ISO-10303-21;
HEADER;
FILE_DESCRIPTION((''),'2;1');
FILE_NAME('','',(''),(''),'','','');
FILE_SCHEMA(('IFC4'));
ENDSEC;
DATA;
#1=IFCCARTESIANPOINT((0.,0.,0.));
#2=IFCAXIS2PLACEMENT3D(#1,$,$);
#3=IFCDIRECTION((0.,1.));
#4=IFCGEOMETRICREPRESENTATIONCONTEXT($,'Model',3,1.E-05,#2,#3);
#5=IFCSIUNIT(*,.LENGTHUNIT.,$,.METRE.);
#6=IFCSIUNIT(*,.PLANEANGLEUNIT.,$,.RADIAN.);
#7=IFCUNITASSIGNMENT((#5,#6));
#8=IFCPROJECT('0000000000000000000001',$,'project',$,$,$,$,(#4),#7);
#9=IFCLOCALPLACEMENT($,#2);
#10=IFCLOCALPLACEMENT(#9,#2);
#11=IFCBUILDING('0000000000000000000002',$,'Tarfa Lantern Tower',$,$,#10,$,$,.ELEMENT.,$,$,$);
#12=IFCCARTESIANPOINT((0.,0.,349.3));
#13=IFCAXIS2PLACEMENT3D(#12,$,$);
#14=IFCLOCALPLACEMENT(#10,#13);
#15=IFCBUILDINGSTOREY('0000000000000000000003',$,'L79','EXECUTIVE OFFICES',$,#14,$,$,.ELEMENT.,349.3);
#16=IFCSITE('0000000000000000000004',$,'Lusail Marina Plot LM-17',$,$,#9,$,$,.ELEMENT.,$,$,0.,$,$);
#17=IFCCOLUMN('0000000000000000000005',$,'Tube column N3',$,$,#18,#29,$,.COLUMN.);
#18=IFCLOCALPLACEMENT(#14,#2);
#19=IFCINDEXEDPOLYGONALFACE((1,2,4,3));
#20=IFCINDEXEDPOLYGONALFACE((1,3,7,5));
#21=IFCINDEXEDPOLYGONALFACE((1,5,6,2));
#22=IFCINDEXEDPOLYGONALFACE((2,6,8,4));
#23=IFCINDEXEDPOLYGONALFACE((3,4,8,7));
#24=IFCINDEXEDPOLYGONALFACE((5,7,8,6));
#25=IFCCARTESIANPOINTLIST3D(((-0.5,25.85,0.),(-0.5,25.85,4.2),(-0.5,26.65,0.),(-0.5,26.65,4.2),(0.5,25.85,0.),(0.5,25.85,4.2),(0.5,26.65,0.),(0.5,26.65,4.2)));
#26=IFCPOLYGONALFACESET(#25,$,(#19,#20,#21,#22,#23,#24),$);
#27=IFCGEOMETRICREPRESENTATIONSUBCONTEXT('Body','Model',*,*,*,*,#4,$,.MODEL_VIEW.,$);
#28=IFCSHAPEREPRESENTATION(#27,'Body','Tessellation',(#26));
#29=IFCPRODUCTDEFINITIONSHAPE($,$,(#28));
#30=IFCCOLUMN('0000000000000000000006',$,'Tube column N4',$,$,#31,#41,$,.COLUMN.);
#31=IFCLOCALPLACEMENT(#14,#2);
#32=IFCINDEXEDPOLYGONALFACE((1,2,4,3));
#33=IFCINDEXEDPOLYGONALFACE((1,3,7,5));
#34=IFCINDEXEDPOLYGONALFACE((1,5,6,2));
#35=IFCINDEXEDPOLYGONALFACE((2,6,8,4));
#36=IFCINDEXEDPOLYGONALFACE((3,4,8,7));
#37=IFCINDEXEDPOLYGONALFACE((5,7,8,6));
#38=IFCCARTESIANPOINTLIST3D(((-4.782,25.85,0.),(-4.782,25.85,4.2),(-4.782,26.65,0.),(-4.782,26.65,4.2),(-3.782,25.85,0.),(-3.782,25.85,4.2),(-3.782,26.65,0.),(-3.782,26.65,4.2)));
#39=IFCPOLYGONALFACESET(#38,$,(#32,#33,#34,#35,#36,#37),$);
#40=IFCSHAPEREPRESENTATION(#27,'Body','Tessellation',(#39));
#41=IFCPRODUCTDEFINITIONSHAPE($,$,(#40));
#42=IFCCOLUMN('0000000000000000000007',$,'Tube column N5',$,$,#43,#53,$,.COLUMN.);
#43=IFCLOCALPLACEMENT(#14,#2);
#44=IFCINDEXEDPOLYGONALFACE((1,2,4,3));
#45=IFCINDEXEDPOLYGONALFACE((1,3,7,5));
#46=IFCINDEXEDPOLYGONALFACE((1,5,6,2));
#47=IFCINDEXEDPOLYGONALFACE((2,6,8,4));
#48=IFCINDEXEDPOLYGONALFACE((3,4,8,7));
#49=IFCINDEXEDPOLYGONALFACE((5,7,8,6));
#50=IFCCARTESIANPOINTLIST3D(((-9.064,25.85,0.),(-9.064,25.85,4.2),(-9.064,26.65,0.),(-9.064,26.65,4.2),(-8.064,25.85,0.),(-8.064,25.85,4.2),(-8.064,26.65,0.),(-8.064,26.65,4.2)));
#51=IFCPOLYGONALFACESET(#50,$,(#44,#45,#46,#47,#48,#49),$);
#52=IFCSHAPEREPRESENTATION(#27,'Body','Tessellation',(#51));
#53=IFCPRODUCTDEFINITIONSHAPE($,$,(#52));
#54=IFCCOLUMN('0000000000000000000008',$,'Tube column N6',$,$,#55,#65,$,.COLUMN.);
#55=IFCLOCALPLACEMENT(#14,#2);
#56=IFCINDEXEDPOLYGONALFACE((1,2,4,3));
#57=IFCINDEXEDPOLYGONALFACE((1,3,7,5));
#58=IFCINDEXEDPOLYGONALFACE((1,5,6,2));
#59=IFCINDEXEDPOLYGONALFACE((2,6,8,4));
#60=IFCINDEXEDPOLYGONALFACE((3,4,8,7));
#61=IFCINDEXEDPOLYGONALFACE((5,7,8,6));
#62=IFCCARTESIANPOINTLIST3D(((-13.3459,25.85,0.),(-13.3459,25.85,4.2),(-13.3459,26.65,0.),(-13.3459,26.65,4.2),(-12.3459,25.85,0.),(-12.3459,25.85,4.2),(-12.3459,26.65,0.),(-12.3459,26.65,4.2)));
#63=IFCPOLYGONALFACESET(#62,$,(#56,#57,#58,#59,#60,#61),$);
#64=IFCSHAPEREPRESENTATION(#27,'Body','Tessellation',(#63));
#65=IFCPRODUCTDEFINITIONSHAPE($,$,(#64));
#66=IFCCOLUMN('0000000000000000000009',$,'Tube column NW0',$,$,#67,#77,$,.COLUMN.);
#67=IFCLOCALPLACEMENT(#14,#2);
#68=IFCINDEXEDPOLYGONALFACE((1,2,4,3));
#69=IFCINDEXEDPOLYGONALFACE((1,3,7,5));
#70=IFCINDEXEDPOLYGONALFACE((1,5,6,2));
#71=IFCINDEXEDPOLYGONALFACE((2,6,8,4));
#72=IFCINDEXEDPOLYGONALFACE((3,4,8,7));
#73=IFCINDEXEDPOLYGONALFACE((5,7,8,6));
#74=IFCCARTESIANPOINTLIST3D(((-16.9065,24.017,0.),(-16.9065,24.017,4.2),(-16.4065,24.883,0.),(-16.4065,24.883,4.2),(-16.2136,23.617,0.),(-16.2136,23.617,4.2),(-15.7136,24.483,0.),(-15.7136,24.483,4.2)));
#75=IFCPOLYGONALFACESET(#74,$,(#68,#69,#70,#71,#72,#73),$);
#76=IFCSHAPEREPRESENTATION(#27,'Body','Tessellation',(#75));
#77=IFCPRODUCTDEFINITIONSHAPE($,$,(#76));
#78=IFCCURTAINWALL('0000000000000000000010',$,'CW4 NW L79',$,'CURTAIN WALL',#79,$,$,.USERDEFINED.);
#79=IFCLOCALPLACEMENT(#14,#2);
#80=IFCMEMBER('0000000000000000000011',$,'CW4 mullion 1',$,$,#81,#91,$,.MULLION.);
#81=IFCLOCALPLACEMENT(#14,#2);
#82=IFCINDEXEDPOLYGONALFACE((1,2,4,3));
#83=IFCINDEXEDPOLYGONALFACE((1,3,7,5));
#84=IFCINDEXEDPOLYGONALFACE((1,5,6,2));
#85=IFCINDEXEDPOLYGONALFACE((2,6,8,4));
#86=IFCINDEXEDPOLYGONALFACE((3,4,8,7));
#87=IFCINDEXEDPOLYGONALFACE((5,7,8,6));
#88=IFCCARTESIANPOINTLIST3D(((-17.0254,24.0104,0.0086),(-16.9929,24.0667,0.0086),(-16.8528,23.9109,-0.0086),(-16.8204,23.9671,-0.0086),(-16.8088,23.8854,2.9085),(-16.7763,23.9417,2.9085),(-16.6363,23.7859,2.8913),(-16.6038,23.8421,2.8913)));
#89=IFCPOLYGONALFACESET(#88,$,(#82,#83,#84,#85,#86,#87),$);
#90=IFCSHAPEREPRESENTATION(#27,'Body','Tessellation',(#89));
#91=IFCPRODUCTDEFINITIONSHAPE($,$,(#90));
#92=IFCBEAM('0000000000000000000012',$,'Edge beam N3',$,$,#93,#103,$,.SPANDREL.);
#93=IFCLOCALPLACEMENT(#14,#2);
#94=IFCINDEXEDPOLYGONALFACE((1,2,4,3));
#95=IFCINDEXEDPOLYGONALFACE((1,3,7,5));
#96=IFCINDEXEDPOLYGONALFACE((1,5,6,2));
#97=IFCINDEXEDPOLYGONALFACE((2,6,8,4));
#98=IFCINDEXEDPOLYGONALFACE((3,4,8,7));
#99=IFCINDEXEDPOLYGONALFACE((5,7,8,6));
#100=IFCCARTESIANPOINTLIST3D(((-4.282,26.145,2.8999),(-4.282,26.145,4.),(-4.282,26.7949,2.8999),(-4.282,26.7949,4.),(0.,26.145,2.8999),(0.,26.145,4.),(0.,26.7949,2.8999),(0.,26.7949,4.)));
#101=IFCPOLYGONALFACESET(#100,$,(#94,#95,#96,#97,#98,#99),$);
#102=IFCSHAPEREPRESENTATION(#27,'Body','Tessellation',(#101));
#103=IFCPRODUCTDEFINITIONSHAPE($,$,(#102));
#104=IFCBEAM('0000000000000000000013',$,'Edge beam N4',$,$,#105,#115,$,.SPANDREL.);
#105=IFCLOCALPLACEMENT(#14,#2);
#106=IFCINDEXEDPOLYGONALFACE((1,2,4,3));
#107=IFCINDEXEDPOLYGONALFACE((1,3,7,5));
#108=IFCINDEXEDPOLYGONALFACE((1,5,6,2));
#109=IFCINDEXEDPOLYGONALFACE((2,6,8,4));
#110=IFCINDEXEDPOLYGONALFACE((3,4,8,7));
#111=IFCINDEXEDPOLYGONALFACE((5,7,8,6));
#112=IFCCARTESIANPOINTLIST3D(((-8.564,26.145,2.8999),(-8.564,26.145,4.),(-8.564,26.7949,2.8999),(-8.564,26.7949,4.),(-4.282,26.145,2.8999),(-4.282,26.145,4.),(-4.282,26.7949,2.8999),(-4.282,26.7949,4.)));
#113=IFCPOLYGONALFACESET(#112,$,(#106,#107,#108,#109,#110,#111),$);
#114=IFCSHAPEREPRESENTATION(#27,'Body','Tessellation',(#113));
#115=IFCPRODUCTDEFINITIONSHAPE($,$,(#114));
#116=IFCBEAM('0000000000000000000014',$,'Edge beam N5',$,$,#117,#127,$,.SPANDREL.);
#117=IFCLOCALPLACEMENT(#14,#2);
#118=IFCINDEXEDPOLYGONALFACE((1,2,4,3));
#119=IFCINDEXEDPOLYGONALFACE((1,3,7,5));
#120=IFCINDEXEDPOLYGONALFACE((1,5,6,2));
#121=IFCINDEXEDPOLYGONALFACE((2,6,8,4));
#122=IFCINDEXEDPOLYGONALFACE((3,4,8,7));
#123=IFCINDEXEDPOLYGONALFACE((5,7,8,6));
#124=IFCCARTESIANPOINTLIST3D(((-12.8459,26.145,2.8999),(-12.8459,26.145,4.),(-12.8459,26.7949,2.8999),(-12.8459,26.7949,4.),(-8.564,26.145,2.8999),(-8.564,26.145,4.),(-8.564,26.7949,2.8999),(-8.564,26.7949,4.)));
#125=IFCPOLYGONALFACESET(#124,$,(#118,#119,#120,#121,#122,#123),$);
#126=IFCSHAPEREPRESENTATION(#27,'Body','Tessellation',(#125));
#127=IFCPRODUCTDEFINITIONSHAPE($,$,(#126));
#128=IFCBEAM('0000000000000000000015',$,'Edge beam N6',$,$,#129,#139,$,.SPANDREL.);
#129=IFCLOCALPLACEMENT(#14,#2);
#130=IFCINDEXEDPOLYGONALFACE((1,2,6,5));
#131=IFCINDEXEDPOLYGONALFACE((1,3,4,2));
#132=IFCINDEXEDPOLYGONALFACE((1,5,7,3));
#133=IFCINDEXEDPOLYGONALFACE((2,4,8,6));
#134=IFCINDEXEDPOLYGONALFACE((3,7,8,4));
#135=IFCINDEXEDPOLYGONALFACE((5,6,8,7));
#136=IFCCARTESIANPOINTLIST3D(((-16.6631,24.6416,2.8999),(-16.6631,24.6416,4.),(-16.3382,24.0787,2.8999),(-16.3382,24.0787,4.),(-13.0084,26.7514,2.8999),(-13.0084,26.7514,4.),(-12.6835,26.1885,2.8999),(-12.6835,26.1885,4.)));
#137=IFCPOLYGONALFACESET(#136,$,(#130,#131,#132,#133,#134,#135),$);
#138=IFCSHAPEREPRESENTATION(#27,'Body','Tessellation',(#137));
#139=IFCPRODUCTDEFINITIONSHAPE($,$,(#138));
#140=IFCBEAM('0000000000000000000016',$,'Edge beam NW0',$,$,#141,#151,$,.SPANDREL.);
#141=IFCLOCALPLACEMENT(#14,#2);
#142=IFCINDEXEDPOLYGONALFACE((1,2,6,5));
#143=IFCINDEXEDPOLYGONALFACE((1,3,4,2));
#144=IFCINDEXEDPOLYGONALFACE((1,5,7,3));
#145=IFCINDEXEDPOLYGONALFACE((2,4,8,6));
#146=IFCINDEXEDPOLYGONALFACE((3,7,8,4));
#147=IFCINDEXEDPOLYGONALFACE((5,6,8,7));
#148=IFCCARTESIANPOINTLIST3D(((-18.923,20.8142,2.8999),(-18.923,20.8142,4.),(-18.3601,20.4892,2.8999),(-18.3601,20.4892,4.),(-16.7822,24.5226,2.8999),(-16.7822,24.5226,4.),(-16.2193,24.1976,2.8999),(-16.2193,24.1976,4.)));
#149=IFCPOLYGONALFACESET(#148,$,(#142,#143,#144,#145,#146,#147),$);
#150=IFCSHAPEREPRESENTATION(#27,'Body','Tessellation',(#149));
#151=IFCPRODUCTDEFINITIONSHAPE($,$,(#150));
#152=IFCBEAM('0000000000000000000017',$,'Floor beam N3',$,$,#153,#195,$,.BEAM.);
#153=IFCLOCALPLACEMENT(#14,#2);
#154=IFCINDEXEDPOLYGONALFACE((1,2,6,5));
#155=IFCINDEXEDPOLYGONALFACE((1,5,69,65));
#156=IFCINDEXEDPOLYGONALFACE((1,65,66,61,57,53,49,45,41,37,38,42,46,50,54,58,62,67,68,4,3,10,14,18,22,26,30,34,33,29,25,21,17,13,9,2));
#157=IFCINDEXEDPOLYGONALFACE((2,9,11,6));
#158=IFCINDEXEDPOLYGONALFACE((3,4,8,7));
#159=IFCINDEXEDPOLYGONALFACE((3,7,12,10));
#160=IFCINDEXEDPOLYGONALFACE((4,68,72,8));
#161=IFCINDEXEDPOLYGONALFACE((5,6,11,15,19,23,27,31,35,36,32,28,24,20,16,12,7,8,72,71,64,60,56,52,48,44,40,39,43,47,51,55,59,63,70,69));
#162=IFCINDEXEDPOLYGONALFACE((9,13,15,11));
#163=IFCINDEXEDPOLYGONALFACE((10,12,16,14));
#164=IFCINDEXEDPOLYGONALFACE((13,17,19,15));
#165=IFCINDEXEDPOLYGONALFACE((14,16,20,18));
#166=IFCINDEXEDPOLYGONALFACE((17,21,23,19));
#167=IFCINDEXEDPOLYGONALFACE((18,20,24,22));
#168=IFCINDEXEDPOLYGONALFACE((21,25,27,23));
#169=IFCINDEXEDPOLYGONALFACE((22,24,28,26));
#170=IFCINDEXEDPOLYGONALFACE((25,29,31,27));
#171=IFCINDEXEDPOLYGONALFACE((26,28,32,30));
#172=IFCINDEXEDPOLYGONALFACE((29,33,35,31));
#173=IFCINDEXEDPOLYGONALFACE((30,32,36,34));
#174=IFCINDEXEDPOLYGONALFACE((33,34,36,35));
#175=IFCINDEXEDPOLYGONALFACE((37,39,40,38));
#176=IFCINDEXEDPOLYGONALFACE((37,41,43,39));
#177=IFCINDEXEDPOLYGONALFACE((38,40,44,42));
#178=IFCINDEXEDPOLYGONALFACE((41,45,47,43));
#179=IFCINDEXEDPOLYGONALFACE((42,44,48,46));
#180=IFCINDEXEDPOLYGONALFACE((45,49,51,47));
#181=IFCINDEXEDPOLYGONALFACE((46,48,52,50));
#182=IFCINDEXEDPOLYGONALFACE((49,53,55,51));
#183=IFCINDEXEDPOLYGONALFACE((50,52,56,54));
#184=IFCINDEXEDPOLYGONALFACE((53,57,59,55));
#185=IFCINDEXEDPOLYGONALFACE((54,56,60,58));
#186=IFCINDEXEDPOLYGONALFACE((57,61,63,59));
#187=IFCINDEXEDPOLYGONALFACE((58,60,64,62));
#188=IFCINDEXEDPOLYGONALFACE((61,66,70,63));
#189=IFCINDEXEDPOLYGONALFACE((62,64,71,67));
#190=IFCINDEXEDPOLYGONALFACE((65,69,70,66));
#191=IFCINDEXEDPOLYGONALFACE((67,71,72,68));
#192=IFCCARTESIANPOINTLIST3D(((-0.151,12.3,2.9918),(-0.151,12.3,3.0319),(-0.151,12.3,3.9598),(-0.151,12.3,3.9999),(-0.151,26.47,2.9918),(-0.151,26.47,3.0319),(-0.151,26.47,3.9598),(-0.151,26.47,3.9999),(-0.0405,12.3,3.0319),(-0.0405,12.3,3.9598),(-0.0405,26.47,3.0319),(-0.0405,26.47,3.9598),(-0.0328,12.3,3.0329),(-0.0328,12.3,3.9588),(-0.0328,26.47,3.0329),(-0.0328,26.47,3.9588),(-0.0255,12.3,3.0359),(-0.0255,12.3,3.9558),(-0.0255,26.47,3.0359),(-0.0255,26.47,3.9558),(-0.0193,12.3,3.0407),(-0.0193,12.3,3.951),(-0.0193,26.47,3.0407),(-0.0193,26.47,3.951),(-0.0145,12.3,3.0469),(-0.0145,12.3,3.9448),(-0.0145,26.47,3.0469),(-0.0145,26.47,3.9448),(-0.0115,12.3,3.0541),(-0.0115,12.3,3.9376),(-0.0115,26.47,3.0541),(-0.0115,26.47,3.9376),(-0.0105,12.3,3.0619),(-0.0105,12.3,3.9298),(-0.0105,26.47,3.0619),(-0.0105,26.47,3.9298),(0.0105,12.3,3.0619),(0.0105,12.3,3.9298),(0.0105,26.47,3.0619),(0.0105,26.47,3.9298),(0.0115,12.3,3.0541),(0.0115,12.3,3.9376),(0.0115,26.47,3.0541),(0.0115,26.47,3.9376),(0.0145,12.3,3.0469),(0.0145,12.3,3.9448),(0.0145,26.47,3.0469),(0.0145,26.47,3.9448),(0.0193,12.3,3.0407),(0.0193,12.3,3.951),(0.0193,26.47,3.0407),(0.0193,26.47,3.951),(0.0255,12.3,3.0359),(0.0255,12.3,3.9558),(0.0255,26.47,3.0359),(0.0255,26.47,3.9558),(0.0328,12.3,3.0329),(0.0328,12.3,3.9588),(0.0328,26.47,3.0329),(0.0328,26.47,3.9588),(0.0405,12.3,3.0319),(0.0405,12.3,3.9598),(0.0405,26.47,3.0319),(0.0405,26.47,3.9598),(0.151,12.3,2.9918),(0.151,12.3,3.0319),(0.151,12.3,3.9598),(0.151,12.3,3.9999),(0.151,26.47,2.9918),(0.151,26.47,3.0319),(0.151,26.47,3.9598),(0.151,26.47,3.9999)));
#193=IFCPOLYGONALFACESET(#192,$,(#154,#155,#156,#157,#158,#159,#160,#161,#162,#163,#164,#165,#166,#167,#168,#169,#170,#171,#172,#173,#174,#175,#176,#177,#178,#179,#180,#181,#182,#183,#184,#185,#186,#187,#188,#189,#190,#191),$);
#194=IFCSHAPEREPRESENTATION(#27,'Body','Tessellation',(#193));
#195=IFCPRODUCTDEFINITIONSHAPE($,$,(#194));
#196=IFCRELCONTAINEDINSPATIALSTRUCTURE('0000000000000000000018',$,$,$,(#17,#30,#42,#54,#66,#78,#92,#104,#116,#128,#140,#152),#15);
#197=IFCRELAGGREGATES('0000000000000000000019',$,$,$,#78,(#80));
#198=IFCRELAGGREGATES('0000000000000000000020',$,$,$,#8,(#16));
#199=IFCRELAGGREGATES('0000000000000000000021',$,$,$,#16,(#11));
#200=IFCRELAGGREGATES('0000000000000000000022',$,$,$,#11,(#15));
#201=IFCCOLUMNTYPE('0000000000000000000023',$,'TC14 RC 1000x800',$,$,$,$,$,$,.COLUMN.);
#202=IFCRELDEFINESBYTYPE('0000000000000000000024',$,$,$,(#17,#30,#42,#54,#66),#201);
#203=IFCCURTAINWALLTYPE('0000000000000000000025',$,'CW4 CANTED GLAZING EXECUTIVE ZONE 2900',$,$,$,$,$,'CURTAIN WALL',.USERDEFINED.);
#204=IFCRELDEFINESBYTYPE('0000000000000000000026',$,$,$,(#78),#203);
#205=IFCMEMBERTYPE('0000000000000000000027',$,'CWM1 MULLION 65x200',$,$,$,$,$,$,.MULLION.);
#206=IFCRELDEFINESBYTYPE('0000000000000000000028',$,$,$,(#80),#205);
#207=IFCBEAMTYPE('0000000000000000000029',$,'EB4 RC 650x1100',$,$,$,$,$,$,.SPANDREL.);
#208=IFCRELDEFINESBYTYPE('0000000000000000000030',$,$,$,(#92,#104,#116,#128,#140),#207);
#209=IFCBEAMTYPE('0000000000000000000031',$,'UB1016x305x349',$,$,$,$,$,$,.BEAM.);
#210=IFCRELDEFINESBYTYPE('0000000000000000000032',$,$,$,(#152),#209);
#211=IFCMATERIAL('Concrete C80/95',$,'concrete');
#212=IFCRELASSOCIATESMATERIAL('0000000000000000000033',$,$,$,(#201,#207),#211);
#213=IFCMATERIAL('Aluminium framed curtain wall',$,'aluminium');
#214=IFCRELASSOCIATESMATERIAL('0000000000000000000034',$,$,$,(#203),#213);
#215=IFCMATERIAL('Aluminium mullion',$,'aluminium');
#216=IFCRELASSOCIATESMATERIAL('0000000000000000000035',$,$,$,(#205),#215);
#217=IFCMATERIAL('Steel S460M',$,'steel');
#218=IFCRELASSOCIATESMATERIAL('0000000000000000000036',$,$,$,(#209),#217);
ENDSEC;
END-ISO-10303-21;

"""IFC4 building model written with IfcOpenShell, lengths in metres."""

from ifc_helpers import new_model, si_unit, direction, frame, origin, origin_2d, place, context, subcontext, project, spatial, rectangle, i_section, extrude, material, material_profile, profile_set, type_object, element, aggregate, save


model = new_model("IFC4")

# Units and contexts
model_context = context("Model", 3, precision=1e-05, world=origin(), true_north=direction((0.0, 1.0)))
body_context = subcontext(model_context, "Body", "Model", "MODEL_VIEW")
ifc_project = project(units=[si_unit("LENGTHUNIT", "METRE"), si_unit("PLANEANGLEUNIT", "RADIAN")], contexts=[model_context])

# Site, building, storey
site_placement = place(None, origin())
site = spatial("IfcSite", under=ifc_project, at=site_placement, Name="Lusail Marina Plot LM-17", CompositionType="ELEMENT", RefElevation=0.0)
building_placement = place(site_placement, origin())
building = spatial("IfcBuilding", under=site, at=building_placement, Name="Tarfa Lantern Tower", CompositionType="ELEMENT")
storey_placement = place(building_placement, frame((0.0, 0.0, 349.3)))
storey = spatial("IfcBuildingStorey", under=building, at=storey_placement, Name="L79", Description="EXECUTIVE OFFICES", CompositionType="ELEMENT", Elevation=349.3)

# Columns
ifc_material_1 = material(Name="Concrete C80/95", Category="concrete")
ifc_material_profile_1 = material_profile(ifc_material_1, rectangle(XDim=1.0, YDim=0.8, at=origin_2d()), Name="RC 1000x800")
ifc_profile_set_1 = profile_set([ifc_material_profile_1], Name="Concrete C80/95")
column_type = type_object("IfcColumnType", Name="TC14 RC 1000x800", PredefinedType="COLUMN", material=ifc_profile_set_1)
for number, where, z_axis, x_axis, name in (
    (1, (0.0, 26.25, 0.0), (0.0, 0.0, 1.0), (-1.0, 0.0, 0.0), "Tube column N3"),
    (2, (-4.282, 26.25, 0.0), (0.0, 0.0, 1.0), (-1.0, 0.0, 0.0), "Tube column N4"),
    (3, (-8.564, 26.25, 0.0), (0.0, 0.0, 1.0), (-1.0, 0.0, 0.0), "Tube column N5"),
    (4, (-12.8459, 26.25, 0.0), (0.0, 0.0, 1.0), (-1.0, 0.0, 0.0), "Tube column N6"),
    (5, (-16.3101, 24.25, 0.0), (0.0, 0.0, 1.0), (-0.5, -0.866025, 0.0), "Tube column NW0"),
):
    element("IfcColumn", number, at=place(storey_placement, frame(where, z_axis=z_axis, x_axis=x_axis)), inside=storey, type_object=column_type, Name=name, PredefinedType="COLUMN", context=body_context, shape_type="SweptSolid", body=[
        extrude(rectangle(XDim=1.0, YDim=0.8, at=origin_2d()), origin(), (0.0, 0.0, 1.0), 4.2),
    ])

# Curtain wall, member
ifc_material_2 = material(Name="Aluminium framed curtain wall", Category="aluminium")
curtain_wall_type = type_object("IfcCurtainWallType", Name="CW4 CANTED GLAZING EXECUTIVE ZONE 2900", ElementType="CURTAIN WALL", PredefinedType="USERDEFINED", material=ifc_material_2)
curtain_wall_placement = place(storey_placement, origin())
curtain_wall = element("IfcCurtainWall", 6, at=curtain_wall_placement, inside=storey, type_object=curtain_wall_type, Name="CW4 NW L79", ObjectType="CURTAIN WALL", PredefinedType="USERDEFINED")
ifc_material_3 = material(Name="Aluminium mullion", Category="aluminium")
ifc_material_profile_2 = material_profile(ifc_material_3, rectangle(XDim=0.0649, YDim=0.2, at=origin_2d()), Name="AL MULLION 65x200")
ifc_profile_set_2 = profile_set([ifc_material_profile_2], Name="Aluminium mullion")
member_type = type_object("IfcMemberType", Name="CWM1 MULLION 65x200", PredefinedType="MULLION", material=ifc_profile_set_2)
member_placement = place(storey_placement, frame((-16.9229, 23.9888, 0.0), z_axis=(0.0744, -0.042946, 0.996303), x_axis=(0.49992, 0.866072, 0.0)))
member = element("IfcMember", 7, at=member_placement, type_object=member_type, Name="CW4 mullion 1", PredefinedType="MULLION", context=body_context, shape_type="SweptSolid", body=[
    extrude(rectangle(XDim=0.0649, YDim=0.2, at=origin_2d()), origin(), (0.0, 0.0, 1.0), 2.9106),
])

# Beams
ifc_material_profile_3 = material_profile(ifc_material_1, rectangle(XDim=0.6499, YDim=1.1001, at=origin_2d()), Name="RC 650x1100")
ifc_profile_set_3 = profile_set([ifc_material_profile_3], Name="Concrete C80/95")
beam_type_1 = type_object("IfcBeamType", Name="EB4 RC 650x1100", PredefinedType="SPANDREL", material=ifc_profile_set_3)
for number, where, z_axis, x_axis, name in (
    (8, (0.0, 26.47, 3.45), (-1.0, 0.0, 0.0), (0.0, -1.0, 0.0), "Edge beam N3"),
    (9, (-4.282, 26.47, 3.45), (-1.0, 0.0, 0.0), (0.0, -1.0, 0.0), "Edge beam N4"),
    (10, (-8.564, 26.47, 3.45), (-1.0, 0.0, 0.0), (0.0, -1.0, 0.0), "Edge beam N5"),
):
    element("IfcBeam", number, at=place(storey_placement, frame(where, z_axis=z_axis, x_axis=x_axis)), inside=storey, type_object=beam_type_1, Name=name, PredefinedType="SPANDREL", context=body_context, shape_type="SweptSolid", body=[
        extrude(rectangle(XDim=0.6499, YDim=1.1001, at=origin_2d()), origin(), (0.0, 0.0, 1.0), 4.282),
    ])
beam_1_placement = place(storey_placement, frame((-12.8459, 26.47, 3.45), z_axis=(-0.866049, -0.499959, 0.0), x_axis=(0.499959, -0.866049, 0.0)))
element("IfcBeam", 11, at=beam_1_placement, inside=storey, type_object=beam_type_1, Name="Edge beam N6", PredefinedType="SPANDREL", context=body_context, shape_type="SweptSolid", body=[
    extrude(rectangle(XDim=0.6499, YDim=1.1001, at=origin_2d()), origin(), (0.0, 0.0, 1.0), 4.22),
])
beam_2_placement = place(storey_placement, frame((-16.5007, 24.3601, 3.45), z_axis=(-0.499959, -0.866049, 0.0), x_axis=(0.866049, -0.499959, 0.0)))
element("IfcBeam", 12, at=beam_2_placement, inside=storey, type_object=beam_type_1, Name="Edge beam NW0", PredefinedType="SPANDREL", context=body_context, shape_type="SweptSolid", body=[
    extrude(rectangle(XDim=0.6499, YDim=1.1001, at=origin_2d()), origin(), (0.0, 0.0, 1.0), 4.282),
])
ifc_material_4 = material(Name="Steel S460M", Category="steel")
ifc_material_profile_4 = material_profile(ifc_material_4, i_section(OverallWidth=0.302, OverallDepth=1.0081, WebThickness=0.021, FlangeThickness=0.04, FilletRadius=0.03, at=origin_2d()), Name="UB1016x305x349")
ifc_profile_set_4 = profile_set([ifc_material_profile_4], Name="Steel S460M")
beam_type_2 = type_object("IfcBeamType", Name="UB1016x305x349", PredefinedType="BEAM", material=ifc_profile_set_4)
for number, where, z_axis, x_axis, name in (
    (13, (0.0, 26.47, 3.4958), (0.0, -1.0, 0.0), (1.0, 0.0, 0.0), "Floor beam N3"),
):
    element("IfcBeam", number, at=place(storey_placement, frame(where, z_axis=z_axis, x_axis=x_axis)), inside=storey, type_object=beam_type_2, Name=name, PredefinedType="BEAM", context=body_context, shape_type="SweptSolid", body=[
        extrude(i_section(OverallWidth=0.302, OverallDepth=1.0081, WebThickness=0.021, FlangeThickness=0.04, FilletRadius=0.03, at=origin_2d()), origin(), (0.0, 0.0, 1.0), 14.1699),
    ])

aggregate(curtain_wall, [member])

save(model, "model.ifc")
